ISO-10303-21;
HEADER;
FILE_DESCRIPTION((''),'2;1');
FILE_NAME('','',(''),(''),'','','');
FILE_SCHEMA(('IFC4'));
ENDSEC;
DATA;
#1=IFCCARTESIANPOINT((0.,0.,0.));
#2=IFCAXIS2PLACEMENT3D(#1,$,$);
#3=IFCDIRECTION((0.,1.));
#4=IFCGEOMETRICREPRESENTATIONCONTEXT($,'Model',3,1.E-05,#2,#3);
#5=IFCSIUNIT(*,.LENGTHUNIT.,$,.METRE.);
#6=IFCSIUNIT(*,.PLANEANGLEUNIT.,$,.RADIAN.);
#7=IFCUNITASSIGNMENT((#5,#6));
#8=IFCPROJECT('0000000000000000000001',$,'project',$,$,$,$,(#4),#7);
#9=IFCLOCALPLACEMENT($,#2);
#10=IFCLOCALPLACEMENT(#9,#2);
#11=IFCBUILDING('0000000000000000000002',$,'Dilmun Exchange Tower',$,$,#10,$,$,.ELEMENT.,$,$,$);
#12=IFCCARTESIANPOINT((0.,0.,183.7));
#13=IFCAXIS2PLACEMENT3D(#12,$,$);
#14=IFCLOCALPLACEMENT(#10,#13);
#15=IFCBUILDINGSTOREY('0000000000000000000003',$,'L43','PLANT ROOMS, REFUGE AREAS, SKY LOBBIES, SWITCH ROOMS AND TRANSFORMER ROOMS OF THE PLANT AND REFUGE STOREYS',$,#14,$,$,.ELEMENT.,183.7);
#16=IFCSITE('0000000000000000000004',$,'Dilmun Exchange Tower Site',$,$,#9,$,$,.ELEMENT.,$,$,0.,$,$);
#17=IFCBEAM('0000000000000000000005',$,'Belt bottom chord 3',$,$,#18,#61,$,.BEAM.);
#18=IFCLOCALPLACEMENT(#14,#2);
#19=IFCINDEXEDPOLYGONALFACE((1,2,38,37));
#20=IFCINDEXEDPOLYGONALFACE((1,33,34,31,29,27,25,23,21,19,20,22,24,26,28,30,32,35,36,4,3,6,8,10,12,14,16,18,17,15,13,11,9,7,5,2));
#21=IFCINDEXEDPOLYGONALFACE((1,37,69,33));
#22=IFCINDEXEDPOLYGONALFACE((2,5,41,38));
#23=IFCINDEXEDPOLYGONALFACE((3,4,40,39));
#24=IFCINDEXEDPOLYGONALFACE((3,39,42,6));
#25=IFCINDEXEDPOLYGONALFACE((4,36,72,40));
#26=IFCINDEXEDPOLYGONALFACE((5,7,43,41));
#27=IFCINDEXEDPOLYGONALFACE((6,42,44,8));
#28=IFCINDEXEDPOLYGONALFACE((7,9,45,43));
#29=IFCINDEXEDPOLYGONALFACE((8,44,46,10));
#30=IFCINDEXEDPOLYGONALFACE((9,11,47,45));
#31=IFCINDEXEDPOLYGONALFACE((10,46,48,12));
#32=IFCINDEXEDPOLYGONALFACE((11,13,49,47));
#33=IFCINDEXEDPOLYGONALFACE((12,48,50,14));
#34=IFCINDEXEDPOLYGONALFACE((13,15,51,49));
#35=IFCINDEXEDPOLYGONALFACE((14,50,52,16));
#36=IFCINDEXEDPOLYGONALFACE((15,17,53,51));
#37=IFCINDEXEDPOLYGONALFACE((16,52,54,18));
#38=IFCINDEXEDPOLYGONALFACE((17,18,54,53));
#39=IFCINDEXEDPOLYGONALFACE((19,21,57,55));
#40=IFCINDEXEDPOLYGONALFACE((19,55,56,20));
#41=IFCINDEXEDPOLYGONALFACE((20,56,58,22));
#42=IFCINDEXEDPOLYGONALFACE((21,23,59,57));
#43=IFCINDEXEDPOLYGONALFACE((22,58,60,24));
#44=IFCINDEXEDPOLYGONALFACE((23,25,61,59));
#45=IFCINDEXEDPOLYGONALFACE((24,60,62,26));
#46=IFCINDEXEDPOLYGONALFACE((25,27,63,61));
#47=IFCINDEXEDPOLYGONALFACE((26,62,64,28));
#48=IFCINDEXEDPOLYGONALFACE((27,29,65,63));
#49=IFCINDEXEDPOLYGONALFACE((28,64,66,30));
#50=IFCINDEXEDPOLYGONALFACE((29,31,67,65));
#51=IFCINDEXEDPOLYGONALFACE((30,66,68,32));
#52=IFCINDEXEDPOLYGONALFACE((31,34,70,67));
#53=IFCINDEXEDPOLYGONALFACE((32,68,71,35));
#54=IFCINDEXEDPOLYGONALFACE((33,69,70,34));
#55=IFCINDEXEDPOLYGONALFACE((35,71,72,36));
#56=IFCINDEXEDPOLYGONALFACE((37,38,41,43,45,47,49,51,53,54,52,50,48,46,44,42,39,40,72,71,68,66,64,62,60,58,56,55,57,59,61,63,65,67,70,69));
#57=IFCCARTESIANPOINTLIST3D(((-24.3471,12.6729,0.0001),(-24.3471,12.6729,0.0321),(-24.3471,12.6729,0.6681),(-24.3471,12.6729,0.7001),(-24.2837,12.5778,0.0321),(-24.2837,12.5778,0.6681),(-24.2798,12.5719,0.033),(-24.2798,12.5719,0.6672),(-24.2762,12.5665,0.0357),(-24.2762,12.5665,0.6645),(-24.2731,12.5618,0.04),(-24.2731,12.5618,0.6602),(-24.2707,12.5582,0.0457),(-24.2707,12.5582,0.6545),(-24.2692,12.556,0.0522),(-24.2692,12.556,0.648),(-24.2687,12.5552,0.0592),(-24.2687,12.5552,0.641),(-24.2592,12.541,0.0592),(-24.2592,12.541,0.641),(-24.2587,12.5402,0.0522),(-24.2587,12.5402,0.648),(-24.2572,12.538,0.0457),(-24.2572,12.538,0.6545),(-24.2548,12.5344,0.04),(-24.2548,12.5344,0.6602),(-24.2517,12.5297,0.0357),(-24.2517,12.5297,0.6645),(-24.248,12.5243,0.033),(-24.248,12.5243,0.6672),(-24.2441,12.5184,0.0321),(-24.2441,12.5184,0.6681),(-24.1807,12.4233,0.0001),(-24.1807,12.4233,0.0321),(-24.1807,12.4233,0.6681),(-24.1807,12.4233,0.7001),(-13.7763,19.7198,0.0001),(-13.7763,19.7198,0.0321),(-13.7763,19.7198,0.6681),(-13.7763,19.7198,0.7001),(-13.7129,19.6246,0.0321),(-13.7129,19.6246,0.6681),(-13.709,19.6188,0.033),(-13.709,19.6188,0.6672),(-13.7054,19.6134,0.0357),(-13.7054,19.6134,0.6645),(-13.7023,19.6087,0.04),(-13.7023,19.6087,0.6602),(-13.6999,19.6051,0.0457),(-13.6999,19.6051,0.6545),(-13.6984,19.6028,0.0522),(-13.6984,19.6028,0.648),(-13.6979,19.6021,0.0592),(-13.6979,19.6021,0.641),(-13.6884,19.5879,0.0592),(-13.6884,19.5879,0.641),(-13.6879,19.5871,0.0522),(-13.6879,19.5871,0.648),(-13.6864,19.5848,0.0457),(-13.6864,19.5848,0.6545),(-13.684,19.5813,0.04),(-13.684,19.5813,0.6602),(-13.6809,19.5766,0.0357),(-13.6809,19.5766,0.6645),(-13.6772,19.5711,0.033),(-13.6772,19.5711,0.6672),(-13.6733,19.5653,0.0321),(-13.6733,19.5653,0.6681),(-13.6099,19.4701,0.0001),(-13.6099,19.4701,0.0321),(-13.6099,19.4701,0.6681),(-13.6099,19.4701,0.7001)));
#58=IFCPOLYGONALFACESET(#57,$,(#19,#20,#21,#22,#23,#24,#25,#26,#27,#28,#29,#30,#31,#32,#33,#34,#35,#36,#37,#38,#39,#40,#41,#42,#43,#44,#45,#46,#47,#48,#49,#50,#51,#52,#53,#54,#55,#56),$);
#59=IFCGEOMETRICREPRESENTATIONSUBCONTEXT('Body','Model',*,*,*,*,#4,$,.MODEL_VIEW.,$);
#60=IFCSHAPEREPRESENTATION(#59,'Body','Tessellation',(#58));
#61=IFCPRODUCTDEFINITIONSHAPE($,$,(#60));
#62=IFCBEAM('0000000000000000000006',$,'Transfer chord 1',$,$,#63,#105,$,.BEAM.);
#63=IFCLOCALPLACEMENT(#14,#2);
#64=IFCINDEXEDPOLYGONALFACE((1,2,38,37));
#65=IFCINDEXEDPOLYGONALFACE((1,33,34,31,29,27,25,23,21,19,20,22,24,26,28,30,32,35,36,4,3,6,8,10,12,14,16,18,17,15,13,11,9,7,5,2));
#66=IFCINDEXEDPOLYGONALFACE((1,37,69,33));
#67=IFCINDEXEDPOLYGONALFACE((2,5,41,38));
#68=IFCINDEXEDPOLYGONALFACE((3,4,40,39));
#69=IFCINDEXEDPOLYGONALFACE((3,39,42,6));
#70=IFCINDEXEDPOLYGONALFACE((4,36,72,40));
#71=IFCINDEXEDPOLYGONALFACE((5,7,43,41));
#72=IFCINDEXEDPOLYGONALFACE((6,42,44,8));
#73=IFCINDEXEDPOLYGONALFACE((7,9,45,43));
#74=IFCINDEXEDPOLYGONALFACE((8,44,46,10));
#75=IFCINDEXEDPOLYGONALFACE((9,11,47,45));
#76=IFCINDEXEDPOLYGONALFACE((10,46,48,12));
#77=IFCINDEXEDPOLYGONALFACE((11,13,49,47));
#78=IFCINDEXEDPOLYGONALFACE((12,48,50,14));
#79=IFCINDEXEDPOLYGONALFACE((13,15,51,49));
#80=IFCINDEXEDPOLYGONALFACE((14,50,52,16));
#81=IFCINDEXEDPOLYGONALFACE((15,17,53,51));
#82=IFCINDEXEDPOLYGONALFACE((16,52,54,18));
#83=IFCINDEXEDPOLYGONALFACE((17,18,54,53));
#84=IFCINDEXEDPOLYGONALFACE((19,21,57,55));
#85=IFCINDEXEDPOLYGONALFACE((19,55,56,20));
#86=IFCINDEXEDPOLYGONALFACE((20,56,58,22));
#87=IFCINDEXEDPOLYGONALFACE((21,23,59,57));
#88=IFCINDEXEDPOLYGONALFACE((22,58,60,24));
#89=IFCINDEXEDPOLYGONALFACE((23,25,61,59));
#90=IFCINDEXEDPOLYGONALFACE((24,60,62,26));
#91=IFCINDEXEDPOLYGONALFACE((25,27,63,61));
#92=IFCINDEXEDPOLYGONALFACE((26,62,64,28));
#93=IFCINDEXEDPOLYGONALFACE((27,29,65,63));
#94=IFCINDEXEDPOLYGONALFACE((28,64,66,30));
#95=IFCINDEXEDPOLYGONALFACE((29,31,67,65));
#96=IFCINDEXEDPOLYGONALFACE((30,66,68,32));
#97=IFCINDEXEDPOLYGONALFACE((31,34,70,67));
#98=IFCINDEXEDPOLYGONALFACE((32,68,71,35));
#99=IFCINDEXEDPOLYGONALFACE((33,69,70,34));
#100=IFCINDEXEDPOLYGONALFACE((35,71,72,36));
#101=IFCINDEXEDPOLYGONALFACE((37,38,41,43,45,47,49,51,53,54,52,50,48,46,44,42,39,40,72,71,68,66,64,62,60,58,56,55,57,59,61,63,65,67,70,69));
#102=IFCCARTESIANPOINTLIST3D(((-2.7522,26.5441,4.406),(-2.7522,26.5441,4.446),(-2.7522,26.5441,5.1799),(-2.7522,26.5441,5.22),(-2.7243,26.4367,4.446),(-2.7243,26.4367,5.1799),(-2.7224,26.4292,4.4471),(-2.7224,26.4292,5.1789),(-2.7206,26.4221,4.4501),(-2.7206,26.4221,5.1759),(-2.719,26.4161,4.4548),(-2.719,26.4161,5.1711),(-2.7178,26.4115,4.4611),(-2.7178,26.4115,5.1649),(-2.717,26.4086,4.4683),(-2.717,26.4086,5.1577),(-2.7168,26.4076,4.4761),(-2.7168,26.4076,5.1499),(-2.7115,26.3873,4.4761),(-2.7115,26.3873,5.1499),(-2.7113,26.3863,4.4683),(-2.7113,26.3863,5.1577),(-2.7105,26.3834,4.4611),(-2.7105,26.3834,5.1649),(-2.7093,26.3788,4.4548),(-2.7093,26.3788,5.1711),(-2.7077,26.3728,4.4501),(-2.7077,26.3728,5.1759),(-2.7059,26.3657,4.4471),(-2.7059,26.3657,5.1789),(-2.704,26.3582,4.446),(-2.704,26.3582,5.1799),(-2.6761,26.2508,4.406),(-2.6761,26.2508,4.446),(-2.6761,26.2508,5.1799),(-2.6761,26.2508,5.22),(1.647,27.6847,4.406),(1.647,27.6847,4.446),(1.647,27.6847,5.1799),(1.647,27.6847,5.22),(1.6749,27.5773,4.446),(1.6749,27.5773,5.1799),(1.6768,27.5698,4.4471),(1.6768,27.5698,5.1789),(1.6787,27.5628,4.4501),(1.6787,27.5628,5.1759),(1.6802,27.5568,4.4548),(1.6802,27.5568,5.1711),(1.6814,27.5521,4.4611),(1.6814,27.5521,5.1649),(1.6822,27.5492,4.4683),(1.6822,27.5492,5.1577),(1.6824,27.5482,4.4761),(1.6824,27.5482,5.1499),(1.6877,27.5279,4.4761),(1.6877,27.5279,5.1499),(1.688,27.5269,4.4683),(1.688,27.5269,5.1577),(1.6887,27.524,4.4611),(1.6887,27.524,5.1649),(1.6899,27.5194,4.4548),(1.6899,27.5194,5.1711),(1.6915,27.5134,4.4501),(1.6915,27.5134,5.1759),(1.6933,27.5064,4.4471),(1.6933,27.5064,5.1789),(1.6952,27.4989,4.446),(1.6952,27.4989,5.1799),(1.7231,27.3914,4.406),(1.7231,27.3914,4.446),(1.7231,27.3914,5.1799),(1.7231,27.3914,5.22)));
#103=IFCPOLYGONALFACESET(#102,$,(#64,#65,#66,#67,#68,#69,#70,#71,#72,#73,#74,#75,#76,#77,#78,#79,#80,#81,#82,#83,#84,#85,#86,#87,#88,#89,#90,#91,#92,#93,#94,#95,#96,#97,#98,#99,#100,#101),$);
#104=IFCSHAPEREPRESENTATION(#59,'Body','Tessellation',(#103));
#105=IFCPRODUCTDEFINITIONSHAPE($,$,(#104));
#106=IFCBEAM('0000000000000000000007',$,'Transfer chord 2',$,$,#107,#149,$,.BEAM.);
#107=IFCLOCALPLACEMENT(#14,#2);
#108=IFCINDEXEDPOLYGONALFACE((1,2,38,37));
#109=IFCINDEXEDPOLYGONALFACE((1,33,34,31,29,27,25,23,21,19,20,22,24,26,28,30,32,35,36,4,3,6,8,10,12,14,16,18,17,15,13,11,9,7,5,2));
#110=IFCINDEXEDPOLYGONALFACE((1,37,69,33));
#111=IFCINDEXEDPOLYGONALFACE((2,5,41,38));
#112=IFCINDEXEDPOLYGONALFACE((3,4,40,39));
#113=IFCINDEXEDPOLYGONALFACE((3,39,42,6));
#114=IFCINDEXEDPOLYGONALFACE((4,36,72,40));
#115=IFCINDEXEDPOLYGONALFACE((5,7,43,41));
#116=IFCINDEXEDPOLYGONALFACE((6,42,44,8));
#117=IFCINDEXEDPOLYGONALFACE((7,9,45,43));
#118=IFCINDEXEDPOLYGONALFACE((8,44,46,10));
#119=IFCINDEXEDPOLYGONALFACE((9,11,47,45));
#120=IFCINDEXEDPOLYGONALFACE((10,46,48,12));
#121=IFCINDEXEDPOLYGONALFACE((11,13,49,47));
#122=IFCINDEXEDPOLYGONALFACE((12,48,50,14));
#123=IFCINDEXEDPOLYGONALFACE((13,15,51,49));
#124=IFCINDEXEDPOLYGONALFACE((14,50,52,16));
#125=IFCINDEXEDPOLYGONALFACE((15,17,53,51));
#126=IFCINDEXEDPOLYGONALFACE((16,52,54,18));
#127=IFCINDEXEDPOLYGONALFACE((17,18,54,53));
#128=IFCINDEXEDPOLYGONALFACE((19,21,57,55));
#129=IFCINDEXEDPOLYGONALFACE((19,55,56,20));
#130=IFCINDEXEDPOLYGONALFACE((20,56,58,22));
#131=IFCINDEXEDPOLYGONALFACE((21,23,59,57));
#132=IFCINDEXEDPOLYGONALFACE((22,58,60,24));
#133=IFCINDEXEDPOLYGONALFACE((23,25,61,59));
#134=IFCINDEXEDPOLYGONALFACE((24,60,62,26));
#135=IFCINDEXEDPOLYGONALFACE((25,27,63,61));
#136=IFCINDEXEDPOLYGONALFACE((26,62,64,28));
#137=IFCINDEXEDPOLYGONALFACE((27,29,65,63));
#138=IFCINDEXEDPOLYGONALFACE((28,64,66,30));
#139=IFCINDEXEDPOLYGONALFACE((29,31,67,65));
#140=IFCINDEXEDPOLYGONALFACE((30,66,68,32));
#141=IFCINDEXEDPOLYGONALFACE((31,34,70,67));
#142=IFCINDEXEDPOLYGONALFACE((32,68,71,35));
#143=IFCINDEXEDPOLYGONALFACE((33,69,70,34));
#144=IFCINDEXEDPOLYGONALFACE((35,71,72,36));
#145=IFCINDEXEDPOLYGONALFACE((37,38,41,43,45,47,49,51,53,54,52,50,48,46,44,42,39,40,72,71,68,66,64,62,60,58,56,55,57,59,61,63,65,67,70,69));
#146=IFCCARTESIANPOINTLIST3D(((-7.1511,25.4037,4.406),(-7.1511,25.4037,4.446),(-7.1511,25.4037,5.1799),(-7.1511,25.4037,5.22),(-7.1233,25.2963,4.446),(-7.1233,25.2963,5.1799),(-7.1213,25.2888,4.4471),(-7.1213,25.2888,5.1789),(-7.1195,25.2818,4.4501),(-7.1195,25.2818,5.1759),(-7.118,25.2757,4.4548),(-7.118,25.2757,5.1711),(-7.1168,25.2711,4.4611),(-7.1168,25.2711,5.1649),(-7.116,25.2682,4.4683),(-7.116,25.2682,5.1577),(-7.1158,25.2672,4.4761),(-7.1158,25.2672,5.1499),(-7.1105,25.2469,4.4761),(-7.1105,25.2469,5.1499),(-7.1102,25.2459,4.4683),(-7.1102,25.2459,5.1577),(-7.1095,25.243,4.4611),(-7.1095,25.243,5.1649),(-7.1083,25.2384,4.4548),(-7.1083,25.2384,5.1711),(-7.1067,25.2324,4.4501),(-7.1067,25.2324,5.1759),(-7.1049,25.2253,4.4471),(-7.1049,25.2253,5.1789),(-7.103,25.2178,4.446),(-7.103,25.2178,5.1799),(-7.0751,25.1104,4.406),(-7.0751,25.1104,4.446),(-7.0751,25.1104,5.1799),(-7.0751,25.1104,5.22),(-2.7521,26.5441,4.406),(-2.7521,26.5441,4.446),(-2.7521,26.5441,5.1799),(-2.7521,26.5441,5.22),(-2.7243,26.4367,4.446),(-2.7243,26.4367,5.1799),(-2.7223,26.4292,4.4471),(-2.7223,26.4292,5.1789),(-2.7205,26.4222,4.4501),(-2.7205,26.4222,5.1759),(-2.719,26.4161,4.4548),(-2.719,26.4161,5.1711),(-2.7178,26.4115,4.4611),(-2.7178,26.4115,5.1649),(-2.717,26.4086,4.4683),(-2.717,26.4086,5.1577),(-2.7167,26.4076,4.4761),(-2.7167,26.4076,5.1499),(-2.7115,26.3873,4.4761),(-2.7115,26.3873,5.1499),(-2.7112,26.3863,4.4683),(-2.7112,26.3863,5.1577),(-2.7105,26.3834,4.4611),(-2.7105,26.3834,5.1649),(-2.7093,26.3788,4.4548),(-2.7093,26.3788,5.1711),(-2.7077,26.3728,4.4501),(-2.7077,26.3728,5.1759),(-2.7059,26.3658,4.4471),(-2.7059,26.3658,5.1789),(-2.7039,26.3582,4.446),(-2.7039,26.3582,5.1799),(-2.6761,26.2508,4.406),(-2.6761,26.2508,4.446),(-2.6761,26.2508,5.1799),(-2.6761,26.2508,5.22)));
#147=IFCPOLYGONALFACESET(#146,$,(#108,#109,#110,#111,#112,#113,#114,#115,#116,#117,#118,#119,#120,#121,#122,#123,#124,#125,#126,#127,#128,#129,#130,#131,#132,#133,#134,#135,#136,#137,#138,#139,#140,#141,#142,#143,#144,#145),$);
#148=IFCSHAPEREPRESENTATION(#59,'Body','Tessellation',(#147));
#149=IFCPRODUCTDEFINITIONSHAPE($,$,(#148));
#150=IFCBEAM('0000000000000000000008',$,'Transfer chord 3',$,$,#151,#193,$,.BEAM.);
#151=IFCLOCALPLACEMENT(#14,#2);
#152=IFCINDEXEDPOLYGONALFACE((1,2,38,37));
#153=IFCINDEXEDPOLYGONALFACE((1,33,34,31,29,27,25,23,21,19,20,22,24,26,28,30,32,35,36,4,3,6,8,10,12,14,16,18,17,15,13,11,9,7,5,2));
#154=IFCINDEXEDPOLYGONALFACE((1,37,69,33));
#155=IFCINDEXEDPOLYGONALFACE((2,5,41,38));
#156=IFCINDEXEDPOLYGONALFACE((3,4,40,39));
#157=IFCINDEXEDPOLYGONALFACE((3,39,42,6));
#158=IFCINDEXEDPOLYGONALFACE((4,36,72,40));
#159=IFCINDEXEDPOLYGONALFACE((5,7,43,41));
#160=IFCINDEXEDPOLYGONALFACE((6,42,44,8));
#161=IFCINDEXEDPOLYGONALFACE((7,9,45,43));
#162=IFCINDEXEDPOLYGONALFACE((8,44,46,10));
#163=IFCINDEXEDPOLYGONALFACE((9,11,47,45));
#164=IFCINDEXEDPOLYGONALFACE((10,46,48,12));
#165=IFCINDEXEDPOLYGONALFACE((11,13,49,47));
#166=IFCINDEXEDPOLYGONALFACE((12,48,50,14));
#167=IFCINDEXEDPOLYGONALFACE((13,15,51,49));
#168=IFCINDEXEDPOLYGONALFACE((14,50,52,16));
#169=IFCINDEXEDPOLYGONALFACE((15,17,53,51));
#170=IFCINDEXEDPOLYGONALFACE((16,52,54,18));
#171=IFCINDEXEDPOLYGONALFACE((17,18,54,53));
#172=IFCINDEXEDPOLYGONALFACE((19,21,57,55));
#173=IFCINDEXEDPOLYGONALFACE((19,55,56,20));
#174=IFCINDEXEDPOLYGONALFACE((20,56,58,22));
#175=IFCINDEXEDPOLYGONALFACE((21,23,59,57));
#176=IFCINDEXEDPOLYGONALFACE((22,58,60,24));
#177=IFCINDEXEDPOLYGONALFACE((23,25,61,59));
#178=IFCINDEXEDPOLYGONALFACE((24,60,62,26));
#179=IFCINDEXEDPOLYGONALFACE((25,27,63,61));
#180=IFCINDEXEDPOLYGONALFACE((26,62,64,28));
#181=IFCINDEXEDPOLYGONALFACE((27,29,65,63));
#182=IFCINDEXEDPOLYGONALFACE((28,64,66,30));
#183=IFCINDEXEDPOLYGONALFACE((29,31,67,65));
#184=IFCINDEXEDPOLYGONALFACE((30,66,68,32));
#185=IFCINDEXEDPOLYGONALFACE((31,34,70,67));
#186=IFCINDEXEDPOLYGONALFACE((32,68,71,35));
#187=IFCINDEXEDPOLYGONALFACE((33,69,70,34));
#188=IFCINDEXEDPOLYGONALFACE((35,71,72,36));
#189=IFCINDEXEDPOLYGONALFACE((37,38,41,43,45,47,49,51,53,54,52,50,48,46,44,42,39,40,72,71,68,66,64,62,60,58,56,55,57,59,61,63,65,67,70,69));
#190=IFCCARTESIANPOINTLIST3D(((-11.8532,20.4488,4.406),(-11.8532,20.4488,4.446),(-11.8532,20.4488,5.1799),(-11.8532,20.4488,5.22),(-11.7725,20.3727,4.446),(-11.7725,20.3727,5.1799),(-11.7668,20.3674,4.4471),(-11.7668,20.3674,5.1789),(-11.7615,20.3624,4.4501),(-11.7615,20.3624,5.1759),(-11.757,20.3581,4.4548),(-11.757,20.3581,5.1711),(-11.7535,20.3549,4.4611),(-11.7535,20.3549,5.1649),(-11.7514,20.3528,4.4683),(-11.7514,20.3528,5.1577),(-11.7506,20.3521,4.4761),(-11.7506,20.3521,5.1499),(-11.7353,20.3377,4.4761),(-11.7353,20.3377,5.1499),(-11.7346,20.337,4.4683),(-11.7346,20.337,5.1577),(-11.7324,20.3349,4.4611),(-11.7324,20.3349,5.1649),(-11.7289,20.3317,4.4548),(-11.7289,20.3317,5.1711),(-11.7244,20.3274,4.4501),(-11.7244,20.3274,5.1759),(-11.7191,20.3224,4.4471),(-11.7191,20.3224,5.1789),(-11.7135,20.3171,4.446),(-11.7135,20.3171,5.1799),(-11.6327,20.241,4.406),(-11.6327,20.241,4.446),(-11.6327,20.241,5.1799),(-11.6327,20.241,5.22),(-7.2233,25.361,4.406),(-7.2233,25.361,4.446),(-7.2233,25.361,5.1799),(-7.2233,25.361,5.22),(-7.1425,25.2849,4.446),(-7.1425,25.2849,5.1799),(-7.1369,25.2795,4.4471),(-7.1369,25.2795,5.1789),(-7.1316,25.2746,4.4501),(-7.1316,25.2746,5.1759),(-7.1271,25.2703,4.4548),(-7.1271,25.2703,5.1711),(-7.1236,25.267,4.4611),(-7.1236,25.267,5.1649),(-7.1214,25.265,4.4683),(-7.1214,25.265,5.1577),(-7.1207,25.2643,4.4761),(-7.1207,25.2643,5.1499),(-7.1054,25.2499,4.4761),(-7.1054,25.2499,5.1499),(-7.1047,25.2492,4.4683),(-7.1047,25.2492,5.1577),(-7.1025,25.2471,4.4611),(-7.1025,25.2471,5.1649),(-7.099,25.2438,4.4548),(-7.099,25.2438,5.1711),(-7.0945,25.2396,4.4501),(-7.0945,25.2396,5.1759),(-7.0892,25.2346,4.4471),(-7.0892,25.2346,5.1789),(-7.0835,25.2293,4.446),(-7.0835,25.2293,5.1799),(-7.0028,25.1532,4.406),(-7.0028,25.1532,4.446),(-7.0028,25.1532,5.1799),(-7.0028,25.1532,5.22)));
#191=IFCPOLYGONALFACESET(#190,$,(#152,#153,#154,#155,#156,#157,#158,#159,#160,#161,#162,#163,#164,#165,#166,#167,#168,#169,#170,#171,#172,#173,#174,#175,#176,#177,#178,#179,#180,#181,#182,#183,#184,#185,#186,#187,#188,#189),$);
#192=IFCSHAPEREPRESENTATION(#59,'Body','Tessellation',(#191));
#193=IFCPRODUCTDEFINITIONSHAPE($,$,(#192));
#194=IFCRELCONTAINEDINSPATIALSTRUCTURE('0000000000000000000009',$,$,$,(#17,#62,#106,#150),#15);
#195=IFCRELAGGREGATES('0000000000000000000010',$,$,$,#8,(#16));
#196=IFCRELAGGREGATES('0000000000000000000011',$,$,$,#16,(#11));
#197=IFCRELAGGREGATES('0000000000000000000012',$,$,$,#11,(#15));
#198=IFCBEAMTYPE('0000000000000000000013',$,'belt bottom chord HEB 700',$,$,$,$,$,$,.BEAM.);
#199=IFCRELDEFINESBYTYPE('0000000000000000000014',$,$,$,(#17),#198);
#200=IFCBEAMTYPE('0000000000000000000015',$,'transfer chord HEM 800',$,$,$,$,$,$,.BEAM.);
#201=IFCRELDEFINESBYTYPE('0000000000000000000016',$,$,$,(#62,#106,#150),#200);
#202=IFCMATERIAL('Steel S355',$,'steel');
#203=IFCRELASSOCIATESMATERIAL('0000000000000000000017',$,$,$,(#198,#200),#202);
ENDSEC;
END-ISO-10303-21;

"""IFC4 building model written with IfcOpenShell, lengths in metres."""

from ifc_helpers import new_model, si_unit, direction, frame, origin, origin_2d, place, context, subcontext, project, spatial, i_section, extrude, material, material_profile, profile_set, type_object, element, save


model = new_model("IFC4")

# Units and contexts
model_context = context("Model", 3, precision=1e-05, world=origin(), true_north=direction((0.0, 1.0)))
body_context = subcontext(model_context, "Body", "Model", "MODEL_VIEW")
ifc_project = project(units=[si_unit("LENGTHUNIT", "METRE"), si_unit("PLANEANGLEUNIT", "RADIAN")], contexts=[model_context])

# Site, building, storey
site_placement = place(None, origin())
site = spatial("IfcSite", under=ifc_project, at=site_placement, Name="Dilmun Exchange Tower Site", CompositionType="ELEMENT", RefElevation=0.0)
building_placement = place(site_placement, origin())
building = spatial("IfcBuilding", under=site, at=building_placement, Name="Dilmun Exchange Tower", CompositionType="ELEMENT")
storey_placement = place(building_placement, frame((0.0, 0.0, 183.7)))
storey = spatial("IfcBuildingStorey", under=building, at=storey_placement, Name="L43", Description="PLANT ROOMS, REFUGE AREAS, SKY LOBBIES, SWITCH ROOMS AND TRANSFORMER ROOMS OF THE PLANT AND REFUGE STOREYS", CompositionType="ELEMENT", Elevation=183.7)

# Beams
ifc_material_1 = material(Name="Steel S355", Category="steel")
ifc_material_profile_1 = material_profile(ifc_material_1, i_section(OverallWidth=0.3, OverallDepth=0.7, WebThickness=0.0171, FlangeThickness=0.032, FilletRadius=0.0271, at=origin_2d()), Name="HEB 700")
ifc_profile_set_1 = profile_set([ifc_material_profile_1], Name="Steel S355")
beam_type_1 = type_object("IfcBeamType", Name="belt bottom chord HEB 700", PredefinedType="BEAM", material=ifc_profile_set_1)
beam_1_placement = place(storey_placement, frame((-13.6931, 19.595, 0.3501), z_axis=(-0.832062, -0.554682, 0.0), x_axis=(0.554682, -0.832062, 0.0)))
element("IfcBeam", 1, at=beam_1_placement, inside=storey, type_object=beam_type_1, Name="Belt bottom chord 3", PredefinedType="BEAM", context=body_context, shape_type="SweptSolid", body=[
    extrude(i_section(OverallWidth=0.3, OverallDepth=0.7, WebThickness=0.0171, FlangeThickness=0.032, FilletRadius=0.0271, at=origin_2d()), origin(), (0.0, 0.0, 1.0), 12.7043),
])
ifc_material_profile_2 = material_profile(ifc_material_1, i_section(OverallWidth=0.303, OverallDepth=0.814, WebThickness=0.021, FlangeThickness=0.04, FilletRadius=0.03, at=origin_2d()), Name="HEM 800")
ifc_profile_set_2 = profile_set([ifc_material_profile_2], Name="Steel S355")
beam_type_2 = type_object("IfcBeamType", Name="transfer chord HEM 800", PredefinedType="BEAM", material=ifc_profile_set_2)
beam_2_placement = place(storey_placement, frame((1.6851, 27.5381, 4.813), z_axis=(-0.967992, -0.250983, 0.0), x_axis=(0.250983, -0.967992, 0.0)))
element("IfcBeam", 2, at=beam_2_placement, inside=storey, type_object=beam_type_2, Name="Transfer chord 1", PredefinedType="BEAM", context=body_context, shape_type="SweptSolid", body=[
    extrude(i_section(OverallWidth=0.303, OverallDepth=0.814, WebThickness=0.021, FlangeThickness=0.04, FilletRadius=0.03, at=origin_2d()), origin(), (0.0, 0.0, 1.0), 4.5447),
])
beam_3_placement = place(storey_placement, frame((-2.7141, 26.3975, 4.813), z_axis=(-0.968001, -0.250945, 0.0), x_axis=(0.250945, -0.968001, 0.0)))
element("IfcBeam", 3, at=beam_3_placement, inside=storey, type_object=beam_type_2, Name="Transfer chord 2", PredefinedType="BEAM", context=body_context, shape_type="SweptSolid", body=[
    extrude(i_section(OverallWidth=0.303, OverallDepth=0.814, WebThickness=0.021, FlangeThickness=0.04, FilletRadius=0.03, at=origin_2d()), origin(), (0.0, 0.0, 1.0), 4.5444),
])
for number, where, z_axis, x_axis, name in (
    (4, (-7.113, 25.2571, 4.813), (-0.685893, -0.727703, 0.0), (0.727703, -0.685893, 0.0), "Transfer chord 3"),
):
    element("IfcBeam", number, at=place(storey_placement, frame(where, z_axis=z_axis, x_axis=x_axis)), inside=storey, type_object=beam_type_2, Name=name, PredefinedType="BEAM", context=body_context, shape_type="SweptSolid", body=[
        extrude(i_section(OverallWidth=0.303, OverallDepth=0.814, WebThickness=0.021, FlangeThickness=0.04, FilletRadius=0.03, at=origin_2d()), origin(), (0.0, 0.0, 1.0), 6.7502),
    ])

save(model, "model.ifc")
